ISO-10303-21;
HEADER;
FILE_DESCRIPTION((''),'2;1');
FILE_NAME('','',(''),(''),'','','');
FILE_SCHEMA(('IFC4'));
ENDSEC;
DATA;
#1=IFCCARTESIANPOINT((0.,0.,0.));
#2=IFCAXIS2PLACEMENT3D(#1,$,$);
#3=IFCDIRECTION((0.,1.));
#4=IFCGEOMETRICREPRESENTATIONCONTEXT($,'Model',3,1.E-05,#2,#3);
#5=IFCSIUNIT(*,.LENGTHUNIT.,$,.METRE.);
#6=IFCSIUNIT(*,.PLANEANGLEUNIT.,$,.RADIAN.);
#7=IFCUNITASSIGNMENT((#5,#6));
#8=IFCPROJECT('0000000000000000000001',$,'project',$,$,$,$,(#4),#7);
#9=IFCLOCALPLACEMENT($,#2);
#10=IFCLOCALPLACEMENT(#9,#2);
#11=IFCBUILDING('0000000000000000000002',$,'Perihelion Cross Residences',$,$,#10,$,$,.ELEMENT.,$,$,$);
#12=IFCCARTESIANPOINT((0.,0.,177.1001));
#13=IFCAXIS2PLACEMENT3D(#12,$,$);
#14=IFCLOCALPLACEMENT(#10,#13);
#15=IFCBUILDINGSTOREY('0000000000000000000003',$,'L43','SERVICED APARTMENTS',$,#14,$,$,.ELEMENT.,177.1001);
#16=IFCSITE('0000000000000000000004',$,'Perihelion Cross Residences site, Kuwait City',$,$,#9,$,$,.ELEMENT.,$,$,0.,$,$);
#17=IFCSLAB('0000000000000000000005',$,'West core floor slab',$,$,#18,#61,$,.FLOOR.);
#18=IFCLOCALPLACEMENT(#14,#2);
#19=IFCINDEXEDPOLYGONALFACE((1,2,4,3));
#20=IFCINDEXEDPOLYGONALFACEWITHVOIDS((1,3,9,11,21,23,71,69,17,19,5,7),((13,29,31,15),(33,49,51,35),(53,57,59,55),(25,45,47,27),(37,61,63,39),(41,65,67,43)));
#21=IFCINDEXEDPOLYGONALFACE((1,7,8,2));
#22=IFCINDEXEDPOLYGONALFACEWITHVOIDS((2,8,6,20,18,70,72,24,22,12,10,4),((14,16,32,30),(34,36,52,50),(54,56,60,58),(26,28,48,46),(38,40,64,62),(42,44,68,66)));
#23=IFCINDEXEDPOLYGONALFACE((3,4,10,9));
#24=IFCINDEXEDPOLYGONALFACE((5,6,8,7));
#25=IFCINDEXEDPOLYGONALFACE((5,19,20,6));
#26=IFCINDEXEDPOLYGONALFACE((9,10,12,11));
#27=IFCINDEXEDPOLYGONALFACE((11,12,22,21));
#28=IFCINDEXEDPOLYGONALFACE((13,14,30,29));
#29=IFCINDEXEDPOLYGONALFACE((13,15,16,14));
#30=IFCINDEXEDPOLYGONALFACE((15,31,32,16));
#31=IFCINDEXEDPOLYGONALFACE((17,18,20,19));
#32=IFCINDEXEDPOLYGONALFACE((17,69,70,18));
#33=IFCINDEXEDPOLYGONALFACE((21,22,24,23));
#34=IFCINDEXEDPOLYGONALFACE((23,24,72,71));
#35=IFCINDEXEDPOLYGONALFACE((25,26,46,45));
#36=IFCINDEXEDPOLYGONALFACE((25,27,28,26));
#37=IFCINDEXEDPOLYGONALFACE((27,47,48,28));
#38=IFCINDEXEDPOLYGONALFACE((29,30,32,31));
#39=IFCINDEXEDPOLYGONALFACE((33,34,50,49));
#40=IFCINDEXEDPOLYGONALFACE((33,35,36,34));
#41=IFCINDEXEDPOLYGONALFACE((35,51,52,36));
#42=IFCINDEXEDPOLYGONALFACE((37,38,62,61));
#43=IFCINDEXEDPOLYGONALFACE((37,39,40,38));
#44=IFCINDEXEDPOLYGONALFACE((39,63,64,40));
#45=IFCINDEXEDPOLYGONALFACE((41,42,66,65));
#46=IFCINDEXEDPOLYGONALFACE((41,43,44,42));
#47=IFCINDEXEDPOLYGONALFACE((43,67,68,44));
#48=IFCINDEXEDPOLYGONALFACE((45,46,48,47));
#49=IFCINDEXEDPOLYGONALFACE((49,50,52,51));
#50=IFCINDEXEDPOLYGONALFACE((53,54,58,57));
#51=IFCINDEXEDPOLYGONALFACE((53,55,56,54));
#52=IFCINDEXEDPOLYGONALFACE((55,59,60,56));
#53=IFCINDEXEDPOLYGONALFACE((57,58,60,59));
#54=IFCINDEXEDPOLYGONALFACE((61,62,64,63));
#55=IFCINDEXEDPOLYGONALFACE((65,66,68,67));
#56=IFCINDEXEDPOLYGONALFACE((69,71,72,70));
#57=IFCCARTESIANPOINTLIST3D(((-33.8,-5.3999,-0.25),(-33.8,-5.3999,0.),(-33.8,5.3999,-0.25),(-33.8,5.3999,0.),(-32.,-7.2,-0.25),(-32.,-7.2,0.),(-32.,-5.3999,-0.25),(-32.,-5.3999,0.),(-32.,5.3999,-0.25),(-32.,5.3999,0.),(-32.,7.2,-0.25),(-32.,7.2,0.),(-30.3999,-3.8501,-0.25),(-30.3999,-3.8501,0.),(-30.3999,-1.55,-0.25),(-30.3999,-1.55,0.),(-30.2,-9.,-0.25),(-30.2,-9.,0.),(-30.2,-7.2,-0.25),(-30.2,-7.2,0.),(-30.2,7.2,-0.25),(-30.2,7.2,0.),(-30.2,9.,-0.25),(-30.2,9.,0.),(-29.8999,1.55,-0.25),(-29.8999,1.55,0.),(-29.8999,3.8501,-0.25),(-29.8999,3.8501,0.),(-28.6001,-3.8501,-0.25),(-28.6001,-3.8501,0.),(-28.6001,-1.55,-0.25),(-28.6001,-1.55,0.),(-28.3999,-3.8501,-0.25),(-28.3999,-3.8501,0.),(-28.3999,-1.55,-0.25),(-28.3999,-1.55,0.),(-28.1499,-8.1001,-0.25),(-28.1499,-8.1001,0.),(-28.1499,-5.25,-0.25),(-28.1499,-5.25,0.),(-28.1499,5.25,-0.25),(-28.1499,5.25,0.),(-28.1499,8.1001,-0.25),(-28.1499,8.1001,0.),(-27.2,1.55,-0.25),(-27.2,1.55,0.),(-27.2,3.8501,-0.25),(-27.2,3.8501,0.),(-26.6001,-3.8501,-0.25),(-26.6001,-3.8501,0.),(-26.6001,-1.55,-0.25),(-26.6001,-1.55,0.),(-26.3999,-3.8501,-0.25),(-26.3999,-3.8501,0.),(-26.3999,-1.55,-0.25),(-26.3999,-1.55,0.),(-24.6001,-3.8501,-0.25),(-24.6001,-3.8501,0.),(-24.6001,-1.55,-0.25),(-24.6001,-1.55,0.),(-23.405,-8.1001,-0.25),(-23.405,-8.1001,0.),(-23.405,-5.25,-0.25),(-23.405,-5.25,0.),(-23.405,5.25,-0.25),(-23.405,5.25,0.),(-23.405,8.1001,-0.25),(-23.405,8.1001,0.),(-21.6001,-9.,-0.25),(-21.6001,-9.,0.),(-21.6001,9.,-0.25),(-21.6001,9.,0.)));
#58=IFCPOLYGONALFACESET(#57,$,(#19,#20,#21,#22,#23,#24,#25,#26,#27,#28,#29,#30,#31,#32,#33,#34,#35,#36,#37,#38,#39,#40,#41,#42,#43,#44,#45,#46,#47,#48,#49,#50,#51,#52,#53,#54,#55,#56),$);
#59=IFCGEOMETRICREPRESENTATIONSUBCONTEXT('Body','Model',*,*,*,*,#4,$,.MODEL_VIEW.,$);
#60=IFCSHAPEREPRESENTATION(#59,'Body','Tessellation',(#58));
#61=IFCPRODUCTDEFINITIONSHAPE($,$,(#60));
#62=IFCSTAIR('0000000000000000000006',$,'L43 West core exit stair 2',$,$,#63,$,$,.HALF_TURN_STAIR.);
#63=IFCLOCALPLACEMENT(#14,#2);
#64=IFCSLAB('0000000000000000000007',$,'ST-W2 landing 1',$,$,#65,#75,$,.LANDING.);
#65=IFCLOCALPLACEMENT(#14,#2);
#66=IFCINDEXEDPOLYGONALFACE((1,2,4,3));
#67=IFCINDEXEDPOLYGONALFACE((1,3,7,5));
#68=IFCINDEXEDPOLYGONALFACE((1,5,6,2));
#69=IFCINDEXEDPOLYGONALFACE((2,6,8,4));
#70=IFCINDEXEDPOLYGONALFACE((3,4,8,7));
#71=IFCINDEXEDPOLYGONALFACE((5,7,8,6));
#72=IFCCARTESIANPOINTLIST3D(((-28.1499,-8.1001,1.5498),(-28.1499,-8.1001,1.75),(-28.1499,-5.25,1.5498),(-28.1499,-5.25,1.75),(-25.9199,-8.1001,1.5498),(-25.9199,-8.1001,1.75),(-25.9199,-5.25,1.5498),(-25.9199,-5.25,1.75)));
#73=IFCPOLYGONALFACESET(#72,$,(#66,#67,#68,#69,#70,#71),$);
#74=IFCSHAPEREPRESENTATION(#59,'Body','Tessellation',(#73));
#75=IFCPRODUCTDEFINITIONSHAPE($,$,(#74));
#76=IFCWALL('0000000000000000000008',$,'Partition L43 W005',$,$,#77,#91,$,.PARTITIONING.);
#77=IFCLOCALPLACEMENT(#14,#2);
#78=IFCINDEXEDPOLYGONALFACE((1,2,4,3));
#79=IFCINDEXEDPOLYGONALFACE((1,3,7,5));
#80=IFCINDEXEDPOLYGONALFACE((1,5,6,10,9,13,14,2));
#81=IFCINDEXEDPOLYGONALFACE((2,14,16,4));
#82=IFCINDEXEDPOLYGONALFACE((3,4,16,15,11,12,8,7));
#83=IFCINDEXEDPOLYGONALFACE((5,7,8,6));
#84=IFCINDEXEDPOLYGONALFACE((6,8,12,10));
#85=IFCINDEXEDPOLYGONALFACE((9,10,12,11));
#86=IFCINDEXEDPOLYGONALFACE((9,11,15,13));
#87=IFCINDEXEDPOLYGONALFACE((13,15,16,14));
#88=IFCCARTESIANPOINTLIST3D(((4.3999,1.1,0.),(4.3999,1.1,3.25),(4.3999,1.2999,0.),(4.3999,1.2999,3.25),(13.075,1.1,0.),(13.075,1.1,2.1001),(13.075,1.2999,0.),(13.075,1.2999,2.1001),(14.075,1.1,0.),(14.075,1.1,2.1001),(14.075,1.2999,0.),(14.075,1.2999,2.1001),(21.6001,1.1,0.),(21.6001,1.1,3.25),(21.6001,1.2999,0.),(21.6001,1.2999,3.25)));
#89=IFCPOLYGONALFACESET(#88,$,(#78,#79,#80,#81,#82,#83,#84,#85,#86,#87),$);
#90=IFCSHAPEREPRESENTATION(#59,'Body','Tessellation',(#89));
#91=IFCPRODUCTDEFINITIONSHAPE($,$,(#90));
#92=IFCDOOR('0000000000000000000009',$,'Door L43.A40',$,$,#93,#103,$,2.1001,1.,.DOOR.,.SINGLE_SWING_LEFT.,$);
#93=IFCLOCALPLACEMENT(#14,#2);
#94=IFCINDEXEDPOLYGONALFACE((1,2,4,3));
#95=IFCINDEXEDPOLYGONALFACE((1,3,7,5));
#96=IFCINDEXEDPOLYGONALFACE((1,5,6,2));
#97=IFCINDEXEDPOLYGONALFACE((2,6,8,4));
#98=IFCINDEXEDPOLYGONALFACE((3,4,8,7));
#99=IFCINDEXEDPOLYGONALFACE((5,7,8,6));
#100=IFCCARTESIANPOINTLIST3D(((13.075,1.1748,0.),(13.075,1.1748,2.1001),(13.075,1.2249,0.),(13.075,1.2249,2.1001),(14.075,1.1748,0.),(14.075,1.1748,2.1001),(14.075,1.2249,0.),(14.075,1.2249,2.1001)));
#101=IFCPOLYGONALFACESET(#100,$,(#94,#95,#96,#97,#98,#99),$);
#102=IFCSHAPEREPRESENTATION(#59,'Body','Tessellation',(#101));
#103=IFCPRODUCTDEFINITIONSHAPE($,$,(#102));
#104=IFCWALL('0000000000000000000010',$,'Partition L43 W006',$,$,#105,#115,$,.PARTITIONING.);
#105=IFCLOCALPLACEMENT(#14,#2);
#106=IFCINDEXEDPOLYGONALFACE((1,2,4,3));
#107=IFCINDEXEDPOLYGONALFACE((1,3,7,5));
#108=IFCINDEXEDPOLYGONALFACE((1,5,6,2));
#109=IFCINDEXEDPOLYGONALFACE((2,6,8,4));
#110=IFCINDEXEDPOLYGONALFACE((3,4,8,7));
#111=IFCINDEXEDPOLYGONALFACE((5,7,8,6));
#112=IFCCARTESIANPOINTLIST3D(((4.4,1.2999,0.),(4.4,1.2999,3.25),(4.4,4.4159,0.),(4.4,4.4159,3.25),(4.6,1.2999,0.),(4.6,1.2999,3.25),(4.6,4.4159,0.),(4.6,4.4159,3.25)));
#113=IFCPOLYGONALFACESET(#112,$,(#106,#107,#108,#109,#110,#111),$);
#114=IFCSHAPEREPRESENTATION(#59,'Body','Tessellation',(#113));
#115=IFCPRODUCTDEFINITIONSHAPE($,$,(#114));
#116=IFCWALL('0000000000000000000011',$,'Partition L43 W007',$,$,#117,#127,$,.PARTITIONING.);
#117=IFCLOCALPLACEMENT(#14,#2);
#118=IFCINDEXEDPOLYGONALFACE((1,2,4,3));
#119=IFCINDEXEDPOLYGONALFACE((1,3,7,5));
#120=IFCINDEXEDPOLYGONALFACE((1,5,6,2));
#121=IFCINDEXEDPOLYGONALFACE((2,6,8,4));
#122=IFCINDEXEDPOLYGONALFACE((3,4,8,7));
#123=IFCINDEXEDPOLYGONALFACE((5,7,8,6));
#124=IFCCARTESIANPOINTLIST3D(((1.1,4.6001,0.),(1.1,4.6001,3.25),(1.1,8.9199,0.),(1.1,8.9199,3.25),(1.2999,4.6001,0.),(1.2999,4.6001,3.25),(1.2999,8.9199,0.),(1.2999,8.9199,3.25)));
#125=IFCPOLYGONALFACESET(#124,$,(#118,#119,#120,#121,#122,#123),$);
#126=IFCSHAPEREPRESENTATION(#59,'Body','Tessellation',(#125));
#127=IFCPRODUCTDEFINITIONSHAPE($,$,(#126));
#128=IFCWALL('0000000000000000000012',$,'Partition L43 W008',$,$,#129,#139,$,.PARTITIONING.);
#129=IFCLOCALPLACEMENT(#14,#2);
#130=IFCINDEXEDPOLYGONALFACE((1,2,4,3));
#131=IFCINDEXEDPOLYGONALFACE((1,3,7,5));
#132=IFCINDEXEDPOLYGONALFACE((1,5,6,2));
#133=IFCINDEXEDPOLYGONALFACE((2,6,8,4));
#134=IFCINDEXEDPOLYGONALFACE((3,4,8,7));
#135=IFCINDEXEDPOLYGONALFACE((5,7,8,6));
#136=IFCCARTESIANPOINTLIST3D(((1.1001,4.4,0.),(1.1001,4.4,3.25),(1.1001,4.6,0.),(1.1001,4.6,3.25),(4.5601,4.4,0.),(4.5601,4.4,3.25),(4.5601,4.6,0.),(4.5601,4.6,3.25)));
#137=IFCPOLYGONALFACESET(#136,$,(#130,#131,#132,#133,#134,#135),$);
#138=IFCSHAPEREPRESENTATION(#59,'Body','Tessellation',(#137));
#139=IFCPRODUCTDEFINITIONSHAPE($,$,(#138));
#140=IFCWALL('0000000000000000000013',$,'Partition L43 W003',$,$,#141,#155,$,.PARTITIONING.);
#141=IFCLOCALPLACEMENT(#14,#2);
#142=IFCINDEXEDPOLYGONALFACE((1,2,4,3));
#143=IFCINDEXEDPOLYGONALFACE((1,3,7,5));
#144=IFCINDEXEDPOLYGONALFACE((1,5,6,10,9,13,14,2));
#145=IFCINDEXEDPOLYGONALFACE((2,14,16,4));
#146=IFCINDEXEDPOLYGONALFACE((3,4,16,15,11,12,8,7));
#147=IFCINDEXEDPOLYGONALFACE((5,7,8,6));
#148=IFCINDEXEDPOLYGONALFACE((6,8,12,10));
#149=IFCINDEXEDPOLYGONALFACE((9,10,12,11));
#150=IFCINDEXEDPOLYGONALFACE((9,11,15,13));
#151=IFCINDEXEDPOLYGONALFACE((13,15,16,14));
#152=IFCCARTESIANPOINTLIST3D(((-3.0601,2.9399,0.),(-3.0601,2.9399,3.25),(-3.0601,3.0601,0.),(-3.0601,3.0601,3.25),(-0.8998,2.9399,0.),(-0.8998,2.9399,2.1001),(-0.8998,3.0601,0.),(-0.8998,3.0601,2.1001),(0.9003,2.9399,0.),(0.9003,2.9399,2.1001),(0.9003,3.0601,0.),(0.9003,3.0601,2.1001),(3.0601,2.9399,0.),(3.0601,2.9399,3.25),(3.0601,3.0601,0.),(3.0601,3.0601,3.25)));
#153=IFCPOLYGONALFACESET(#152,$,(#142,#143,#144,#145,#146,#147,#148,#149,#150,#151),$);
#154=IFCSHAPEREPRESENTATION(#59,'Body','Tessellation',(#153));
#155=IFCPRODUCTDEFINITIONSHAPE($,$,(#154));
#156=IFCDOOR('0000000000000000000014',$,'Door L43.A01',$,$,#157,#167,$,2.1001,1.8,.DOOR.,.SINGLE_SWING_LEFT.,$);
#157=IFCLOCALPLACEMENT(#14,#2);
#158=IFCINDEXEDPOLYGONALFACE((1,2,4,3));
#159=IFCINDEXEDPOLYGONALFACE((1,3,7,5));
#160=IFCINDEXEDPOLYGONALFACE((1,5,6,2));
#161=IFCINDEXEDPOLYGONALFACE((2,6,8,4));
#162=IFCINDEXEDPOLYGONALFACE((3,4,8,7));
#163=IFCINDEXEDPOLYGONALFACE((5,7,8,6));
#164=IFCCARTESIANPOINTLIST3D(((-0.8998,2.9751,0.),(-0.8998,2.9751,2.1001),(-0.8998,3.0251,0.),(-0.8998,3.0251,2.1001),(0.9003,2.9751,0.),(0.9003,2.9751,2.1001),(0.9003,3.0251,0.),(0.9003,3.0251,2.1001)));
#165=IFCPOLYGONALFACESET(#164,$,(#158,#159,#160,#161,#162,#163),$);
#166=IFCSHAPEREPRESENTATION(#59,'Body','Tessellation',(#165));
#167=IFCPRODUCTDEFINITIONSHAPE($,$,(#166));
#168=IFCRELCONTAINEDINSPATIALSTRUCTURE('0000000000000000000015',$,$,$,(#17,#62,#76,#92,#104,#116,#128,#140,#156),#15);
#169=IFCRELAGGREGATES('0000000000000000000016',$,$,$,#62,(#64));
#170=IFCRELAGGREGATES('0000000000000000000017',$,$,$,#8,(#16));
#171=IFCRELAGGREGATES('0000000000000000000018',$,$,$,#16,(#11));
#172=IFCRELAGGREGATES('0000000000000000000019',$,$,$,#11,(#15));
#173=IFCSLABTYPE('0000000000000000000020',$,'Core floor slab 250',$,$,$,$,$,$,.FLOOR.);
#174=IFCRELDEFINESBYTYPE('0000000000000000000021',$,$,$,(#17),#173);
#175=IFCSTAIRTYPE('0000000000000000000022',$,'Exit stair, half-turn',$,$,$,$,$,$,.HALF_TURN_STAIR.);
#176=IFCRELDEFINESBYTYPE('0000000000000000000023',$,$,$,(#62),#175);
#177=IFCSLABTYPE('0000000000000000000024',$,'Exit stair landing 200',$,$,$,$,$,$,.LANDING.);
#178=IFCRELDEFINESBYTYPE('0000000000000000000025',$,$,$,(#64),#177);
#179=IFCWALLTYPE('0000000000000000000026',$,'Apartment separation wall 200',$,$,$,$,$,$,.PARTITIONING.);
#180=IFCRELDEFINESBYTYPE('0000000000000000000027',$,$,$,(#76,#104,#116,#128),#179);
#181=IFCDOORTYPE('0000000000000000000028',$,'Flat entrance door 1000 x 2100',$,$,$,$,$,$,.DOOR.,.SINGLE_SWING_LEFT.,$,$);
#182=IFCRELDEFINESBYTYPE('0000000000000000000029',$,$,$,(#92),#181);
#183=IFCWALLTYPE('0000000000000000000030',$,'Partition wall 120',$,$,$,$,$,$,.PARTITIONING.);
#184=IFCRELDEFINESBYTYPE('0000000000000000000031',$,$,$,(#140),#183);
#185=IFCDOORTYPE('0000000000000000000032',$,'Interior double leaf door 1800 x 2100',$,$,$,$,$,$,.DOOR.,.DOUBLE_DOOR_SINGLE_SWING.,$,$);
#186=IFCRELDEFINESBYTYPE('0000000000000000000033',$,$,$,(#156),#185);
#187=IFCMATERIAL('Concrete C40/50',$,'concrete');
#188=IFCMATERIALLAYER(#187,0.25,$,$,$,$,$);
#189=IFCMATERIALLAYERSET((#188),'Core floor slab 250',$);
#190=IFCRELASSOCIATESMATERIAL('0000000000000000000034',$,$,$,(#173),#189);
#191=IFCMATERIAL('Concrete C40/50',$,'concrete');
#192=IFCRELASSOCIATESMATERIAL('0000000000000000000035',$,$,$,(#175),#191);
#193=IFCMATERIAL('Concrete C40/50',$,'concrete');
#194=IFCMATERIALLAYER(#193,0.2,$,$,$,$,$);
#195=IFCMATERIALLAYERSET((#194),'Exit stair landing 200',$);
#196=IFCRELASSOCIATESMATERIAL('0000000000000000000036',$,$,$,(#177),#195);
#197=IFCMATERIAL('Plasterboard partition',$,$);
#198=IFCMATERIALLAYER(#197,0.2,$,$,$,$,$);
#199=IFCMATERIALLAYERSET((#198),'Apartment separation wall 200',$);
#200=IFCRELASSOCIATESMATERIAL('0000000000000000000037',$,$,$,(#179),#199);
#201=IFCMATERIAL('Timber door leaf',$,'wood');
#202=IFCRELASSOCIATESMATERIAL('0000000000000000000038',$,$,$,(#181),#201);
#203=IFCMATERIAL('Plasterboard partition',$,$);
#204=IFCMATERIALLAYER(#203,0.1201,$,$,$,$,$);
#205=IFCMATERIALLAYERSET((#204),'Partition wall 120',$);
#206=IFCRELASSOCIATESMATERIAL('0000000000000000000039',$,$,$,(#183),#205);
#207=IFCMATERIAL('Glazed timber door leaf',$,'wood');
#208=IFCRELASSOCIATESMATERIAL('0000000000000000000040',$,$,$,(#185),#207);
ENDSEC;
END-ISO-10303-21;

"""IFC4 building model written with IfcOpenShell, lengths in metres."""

from ifc_helpers import new_model, si_unit, direction, frame, frame_2d, origin, place, context, subcontext, project, spatial, polyline, rectangle, outline, extrude, material, layer, layer_set, type_object, element, fill, aggregate, save


model = new_model("IFC4")

# Units and contexts
model_context = context("Model", 3, precision=1e-05, world=origin(), true_north=direction((0.0, 1.0)))
body_context = subcontext(model_context, "Body", "Model", "MODEL_VIEW")
ifc_project = project(units=[si_unit("LENGTHUNIT", "METRE"), si_unit("PLANEANGLEUNIT", "RADIAN")], contexts=[model_context])

# Site, building, storey
site_placement = place(None, origin())
site = spatial("IfcSite", under=ifc_project, at=site_placement, Name="Perihelion Cross Residences site, Kuwait City", CompositionType="ELEMENT", RefElevation=0.0)
building_placement = place(site_placement, origin())
building = spatial("IfcBuilding", under=site, at=building_placement, Name="Perihelion Cross Residences", CompositionType="ELEMENT")
storey_placement = place(building_placement, frame((0.0, 0.0, 177.1001)))
storey = spatial("IfcBuildingStorey", under=building, at=storey_placement, Name="L43", Description="SERVICED APARTMENTS", CompositionType="ELEMENT", Elevation=177.1001)

# Slab
ifc_material_1 = material(Name="Concrete C40/50", Category="concrete")
ifc_layer_1 = layer(ifc_material_1, 0.25)
ifc_layer_set_1 = layer_set([ifc_layer_1], Name="Core floor slab 250")
slab_type_1 = type_object("IfcSlabType", Name="Core floor slab 250", PredefinedType="FLOOR", material=ifc_layer_set_1)
slab_1_placement = place(storey_placement, frame((0.0, 0.0, -0.25)))
element("IfcSlab", 1, at=slab_1_placement, inside=storey, type_object=slab_type_1, Name="West core floor slab", PredefinedType="FLOOR", context=body_context, shape_type="SweptSolid", body=[
    extrude(outline(polyline([(-30.2, 7.2), (-32.0, 7.2), (-32.0, 5.3999), (-33.8, 5.3999), (-33.8, -5.3999), (-32.0, -5.3999), (-32.0, -7.2), (-30.2, -7.2), (-30.2, -9.0), (-21.6001, -9.0), (-21.6001, 9.0), (-30.2, 9.0), (-30.2, 7.2)]), holes=[polyline([(-28.1499, -8.1001), (-28.1499, -5.25), (-23.405, -5.25), (-23.405, -8.1001), (-28.1499, -8.1001)]), polyline([(-24.6001, -1.55), (-24.6001, -3.8501), (-26.3999, -3.8501), (-26.3999, -1.55), (-24.6001, -1.55)]), polyline([(-26.6001, -1.55), (-26.6001, -3.8501), (-28.3999, -3.8501), (-28.3999, -1.55), (-26.6001, -1.55)]), polyline([(-28.6001, -3.8501), (-30.3999, -3.8501), (-30.3999, -1.55), (-28.6001, -1.55), (-28.6001, -3.8501)]), polyline([(-27.2, 3.8501), (-27.2, 1.55), (-29.8999, 1.55), (-29.8999, 3.8501), (-27.2, 3.8501)]), polyline([(-23.405, 5.25), (-28.1499, 5.25), (-28.1499, 8.1001), (-23.405, 8.1001), (-23.405, 5.25)])]), origin(), (0.0, 0.0, 1.0), 0.25),
])

# Stair, slab
ifc_material_2 = material(Name="Concrete C40/50", Category="concrete")
stair_type = type_object("IfcStairType", Name="Exit stair, half-turn", PredefinedType="HALF_TURN_STAIR", material=ifc_material_2)
stair_placement = place(storey_placement, origin())
stair = element("IfcStair", 2, at=stair_placement, inside=storey, type_object=stair_type, Name="L43 West core exit stair 2", PredefinedType="HALF_TURN_STAIR")
ifc_material_3 = material(Name="Concrete C40/50", Category="concrete")
ifc_layer_2 = layer(ifc_material_3, 0.2)
ifc_layer_set_2 = layer_set([ifc_layer_2], Name="Exit stair landing 200")
slab_type_2 = type_object("IfcSlabType", Name="Exit stair landing 200", PredefinedType="LANDING", material=ifc_layer_set_2)
slab_2_placement = place(storey_placement, frame((0.0, 0.0, 1.5498)))
slab_2 = element("IfcSlab", 3, at=slab_2_placement, type_object=slab_type_2, Name="ST-W2 landing 1", PredefinedType="LANDING", context=body_context, shape_type="SweptSolid", body=[
    extrude(outline(polyline([(-25.9199, -5.25), (-28.1499, -5.25), (-28.1499, -8.1001), (-25.9199, -8.1001), (-25.9199, -5.25)])), origin(), (0.0, 0.0, 1.0), 0.2002),
])
aggregate(stair, [slab_2])

# Wall, opening, door
ifc_material_4 = material(Name="Plasterboard partition")
ifc_layer_3 = layer(ifc_material_4, 0.2)
ifc_layer_set_3 = layer_set([ifc_layer_3], Name="Apartment separation wall 200")
wall_type_1 = type_object("IfcWallType", Name="Apartment separation wall 200", PredefinedType="PARTITIONING", material=ifc_layer_set_3)
wall_1_placement = place(storey_placement, frame((4.3999, 1.2, 0.0), z_axis=(0.0, 0.0, 1.0), x_axis=(1.0, 0.0, 0.0)))
wall_1 = element("IfcWall", 4, at=wall_1_placement, inside=storey, type_object=wall_type_1, Name="Partition L43 W005", PredefinedType="PARTITIONING", context=body_context, shape_type="SweptSolid", body=[
    extrude(rectangle(XDim=17.2002, YDim=0.2, at=frame_2d((8.6001, 0.0))), origin(), (0.0, 0.0, 1.0), 3.25),
])
opening_1_placement = place(wall_1_placement, frame((8.675, 0.0, 0.0)))
opening_1 = element("IfcOpeningElement", 5, at=opening_1_placement, cuts=wall_1, PredefinedType="OPENING", context=body_context, shape_type="SweptSolid", body=[
    extrude(rectangle(XDim=1.0, YDim=2.1001, at=frame_2d((0.5, 1.05))), frame((0.0, 0.1099, 0.0), z_axis=(0.0, -1.0, 0.0), x_axis=(1.0, 0.0, 0.0)), (0.0, 0.0, 1.0), 0.22),
])
ifc_material_5 = material(Name="Timber door leaf", Category="wood")
door_type_1 = type_object("IfcDoorType", Name="Flat entrance door 1000 x 2100", OperationType="SINGLE_SWING_LEFT", PredefinedType="DOOR", material=ifc_material_5)
door_1_placement = place(opening_1_placement, origin())
door_1 = element("IfcDoor", 6, at=door_1_placement, inside=storey, type_object=door_type_1, Name="Door L43.A40", OperationType="SINGLE_SWING_LEFT", OverallHeight=2.1001, OverallWidth=1.0, PredefinedType="DOOR", context=body_context, shape_type="SweptSolid", body=[
    extrude(rectangle(XDim=1.0, YDim=2.1001, at=frame_2d((0.5, 1.05))), frame((0.0, 0.0249, 0.0), z_axis=(0.0, -1.0, 0.0), x_axis=(1.0, 0.0, 0.0)), (0.0, 0.0, 1.0), 0.05),
])
fill(opening_1, door_1)

# Walls
wall_2_placement = place(storey_placement, frame((4.5, 4.416, 0.0), z_axis=(0.0, 0.0, 1.0), x_axis=(0.0, -1.0, 0.0)))
element("IfcWall", 7, at=wall_2_placement, inside=storey, type_object=wall_type_1, Name="Partition L43 W006", PredefinedType="PARTITIONING", context=body_context, shape_type="SweptSolid", body=[
    extrude(rectangle(XDim=3.116, YDim=0.2, at=frame_2d((1.5581, 0.0))), origin(), (0.0, 0.0, 1.0), 3.25),
])
wall_3_placement = place(storey_placement, frame((1.2, 8.9199, 0.0), z_axis=(0.0, 0.0, 1.0), x_axis=(0.0, -1.0, 0.0)))
element("IfcWall", 8, at=wall_3_placement, inside=storey, type_object=wall_type_1, Name="Partition L43 W007", PredefinedType="PARTITIONING", context=body_context, shape_type="SweptSolid", body=[
    extrude(rectangle(XDim=4.3198, YDim=0.2, at=frame_2d((2.1599, 0.0))), origin(), (0.0, 0.0, 1.0), 3.25),
])
wall_4_placement = place(storey_placement, frame((1.1001, 4.5, 0.0), z_axis=(0.0, 0.0, 1.0), x_axis=(1.0, 0.0, 0.0)))
element("IfcWall", 9, at=wall_4_placement, inside=storey, type_object=wall_type_1, Name="Partition L43 W008", PredefinedType="PARTITIONING", context=body_context, shape_type="SweptSolid", body=[
    extrude(rectangle(XDim=3.46, YDim=0.2, at=frame_2d((1.73, 0.0))), origin(), (0.0, 0.0, 1.0), 3.25),
])

# Wall, opening, door
ifc_material_6 = material(Name="Plasterboard partition")
ifc_layer_4 = layer(ifc_material_6, 0.1201)
ifc_layer_set_4 = layer_set([ifc_layer_4], Name="Partition wall 120")
wall_type_2 = type_object("IfcWallType", Name="Partition wall 120", PredefinedType="PARTITIONING", material=ifc_layer_set_4)
wall_5_placement = place(storey_placement, frame((3.0601, 3.0, 0.0), z_axis=(0.0, 0.0, 1.0), x_axis=(-1.0, 0.0, 0.0)))
wall_5 = element("IfcWall", 10, at=wall_5_placement, inside=storey, type_object=wall_type_2, Name="Partition L43 W003", PredefinedType="PARTITIONING", context=body_context, shape_type="SweptSolid", body=[
    extrude(rectangle(XDim=6.1201, YDim=0.1201, at=frame_2d((3.0601, 0.0))), origin(), (0.0, 0.0, 1.0), 3.25),
])
opening_2_placement = place(wall_5_placement, frame((2.1599, 0.0, 0.0)))
opening_2 = element("IfcOpeningElement", 11, at=opening_2_placement, cuts=wall_5, PredefinedType="OPENING", context=body_context, shape_type="SweptSolid", body=[
    extrude(rectangle(XDim=1.8, YDim=2.1001, at=frame_2d((0.8999, 1.05))), frame((0.0, 0.0701, 0.0), z_axis=(0.0, -1.0, 0.0), x_axis=(1.0, 0.0, 0.0)), (0.0, 0.0, 1.0), 0.1401),
])
ifc_material_7 = material(Name="Glazed timber door leaf", Category="wood")
door_type_2 = type_object("IfcDoorType", Name="Interior double leaf door 1800 x 2100", OperationType="DOUBLE_DOOR_SINGLE_SWING", PredefinedType="DOOR", material=ifc_material_7)
door_2_placement = place(opening_2_placement, origin())
door_2 = element("IfcDoor", 12, at=door_2_placement, inside=storey, type_object=door_type_2, Name="Door L43.A01", OperationType="SINGLE_SWING_LEFT", OverallHeight=2.1001, OverallWidth=1.8, PredefinedType="DOOR", context=body_context, shape_type="SweptSolid", body=[
    extrude(rectangle(XDim=1.8, YDim=2.1001, at=frame_2d((0.8999, 1.05))), frame((0.0, 0.0249, 0.0), z_axis=(0.0, -1.0, 0.0), x_axis=(1.0, 0.0, 0.0)), (0.0, 0.0, 1.0), 0.05),
])
fill(opening_2, door_2)

save(model, "model.ifc")
